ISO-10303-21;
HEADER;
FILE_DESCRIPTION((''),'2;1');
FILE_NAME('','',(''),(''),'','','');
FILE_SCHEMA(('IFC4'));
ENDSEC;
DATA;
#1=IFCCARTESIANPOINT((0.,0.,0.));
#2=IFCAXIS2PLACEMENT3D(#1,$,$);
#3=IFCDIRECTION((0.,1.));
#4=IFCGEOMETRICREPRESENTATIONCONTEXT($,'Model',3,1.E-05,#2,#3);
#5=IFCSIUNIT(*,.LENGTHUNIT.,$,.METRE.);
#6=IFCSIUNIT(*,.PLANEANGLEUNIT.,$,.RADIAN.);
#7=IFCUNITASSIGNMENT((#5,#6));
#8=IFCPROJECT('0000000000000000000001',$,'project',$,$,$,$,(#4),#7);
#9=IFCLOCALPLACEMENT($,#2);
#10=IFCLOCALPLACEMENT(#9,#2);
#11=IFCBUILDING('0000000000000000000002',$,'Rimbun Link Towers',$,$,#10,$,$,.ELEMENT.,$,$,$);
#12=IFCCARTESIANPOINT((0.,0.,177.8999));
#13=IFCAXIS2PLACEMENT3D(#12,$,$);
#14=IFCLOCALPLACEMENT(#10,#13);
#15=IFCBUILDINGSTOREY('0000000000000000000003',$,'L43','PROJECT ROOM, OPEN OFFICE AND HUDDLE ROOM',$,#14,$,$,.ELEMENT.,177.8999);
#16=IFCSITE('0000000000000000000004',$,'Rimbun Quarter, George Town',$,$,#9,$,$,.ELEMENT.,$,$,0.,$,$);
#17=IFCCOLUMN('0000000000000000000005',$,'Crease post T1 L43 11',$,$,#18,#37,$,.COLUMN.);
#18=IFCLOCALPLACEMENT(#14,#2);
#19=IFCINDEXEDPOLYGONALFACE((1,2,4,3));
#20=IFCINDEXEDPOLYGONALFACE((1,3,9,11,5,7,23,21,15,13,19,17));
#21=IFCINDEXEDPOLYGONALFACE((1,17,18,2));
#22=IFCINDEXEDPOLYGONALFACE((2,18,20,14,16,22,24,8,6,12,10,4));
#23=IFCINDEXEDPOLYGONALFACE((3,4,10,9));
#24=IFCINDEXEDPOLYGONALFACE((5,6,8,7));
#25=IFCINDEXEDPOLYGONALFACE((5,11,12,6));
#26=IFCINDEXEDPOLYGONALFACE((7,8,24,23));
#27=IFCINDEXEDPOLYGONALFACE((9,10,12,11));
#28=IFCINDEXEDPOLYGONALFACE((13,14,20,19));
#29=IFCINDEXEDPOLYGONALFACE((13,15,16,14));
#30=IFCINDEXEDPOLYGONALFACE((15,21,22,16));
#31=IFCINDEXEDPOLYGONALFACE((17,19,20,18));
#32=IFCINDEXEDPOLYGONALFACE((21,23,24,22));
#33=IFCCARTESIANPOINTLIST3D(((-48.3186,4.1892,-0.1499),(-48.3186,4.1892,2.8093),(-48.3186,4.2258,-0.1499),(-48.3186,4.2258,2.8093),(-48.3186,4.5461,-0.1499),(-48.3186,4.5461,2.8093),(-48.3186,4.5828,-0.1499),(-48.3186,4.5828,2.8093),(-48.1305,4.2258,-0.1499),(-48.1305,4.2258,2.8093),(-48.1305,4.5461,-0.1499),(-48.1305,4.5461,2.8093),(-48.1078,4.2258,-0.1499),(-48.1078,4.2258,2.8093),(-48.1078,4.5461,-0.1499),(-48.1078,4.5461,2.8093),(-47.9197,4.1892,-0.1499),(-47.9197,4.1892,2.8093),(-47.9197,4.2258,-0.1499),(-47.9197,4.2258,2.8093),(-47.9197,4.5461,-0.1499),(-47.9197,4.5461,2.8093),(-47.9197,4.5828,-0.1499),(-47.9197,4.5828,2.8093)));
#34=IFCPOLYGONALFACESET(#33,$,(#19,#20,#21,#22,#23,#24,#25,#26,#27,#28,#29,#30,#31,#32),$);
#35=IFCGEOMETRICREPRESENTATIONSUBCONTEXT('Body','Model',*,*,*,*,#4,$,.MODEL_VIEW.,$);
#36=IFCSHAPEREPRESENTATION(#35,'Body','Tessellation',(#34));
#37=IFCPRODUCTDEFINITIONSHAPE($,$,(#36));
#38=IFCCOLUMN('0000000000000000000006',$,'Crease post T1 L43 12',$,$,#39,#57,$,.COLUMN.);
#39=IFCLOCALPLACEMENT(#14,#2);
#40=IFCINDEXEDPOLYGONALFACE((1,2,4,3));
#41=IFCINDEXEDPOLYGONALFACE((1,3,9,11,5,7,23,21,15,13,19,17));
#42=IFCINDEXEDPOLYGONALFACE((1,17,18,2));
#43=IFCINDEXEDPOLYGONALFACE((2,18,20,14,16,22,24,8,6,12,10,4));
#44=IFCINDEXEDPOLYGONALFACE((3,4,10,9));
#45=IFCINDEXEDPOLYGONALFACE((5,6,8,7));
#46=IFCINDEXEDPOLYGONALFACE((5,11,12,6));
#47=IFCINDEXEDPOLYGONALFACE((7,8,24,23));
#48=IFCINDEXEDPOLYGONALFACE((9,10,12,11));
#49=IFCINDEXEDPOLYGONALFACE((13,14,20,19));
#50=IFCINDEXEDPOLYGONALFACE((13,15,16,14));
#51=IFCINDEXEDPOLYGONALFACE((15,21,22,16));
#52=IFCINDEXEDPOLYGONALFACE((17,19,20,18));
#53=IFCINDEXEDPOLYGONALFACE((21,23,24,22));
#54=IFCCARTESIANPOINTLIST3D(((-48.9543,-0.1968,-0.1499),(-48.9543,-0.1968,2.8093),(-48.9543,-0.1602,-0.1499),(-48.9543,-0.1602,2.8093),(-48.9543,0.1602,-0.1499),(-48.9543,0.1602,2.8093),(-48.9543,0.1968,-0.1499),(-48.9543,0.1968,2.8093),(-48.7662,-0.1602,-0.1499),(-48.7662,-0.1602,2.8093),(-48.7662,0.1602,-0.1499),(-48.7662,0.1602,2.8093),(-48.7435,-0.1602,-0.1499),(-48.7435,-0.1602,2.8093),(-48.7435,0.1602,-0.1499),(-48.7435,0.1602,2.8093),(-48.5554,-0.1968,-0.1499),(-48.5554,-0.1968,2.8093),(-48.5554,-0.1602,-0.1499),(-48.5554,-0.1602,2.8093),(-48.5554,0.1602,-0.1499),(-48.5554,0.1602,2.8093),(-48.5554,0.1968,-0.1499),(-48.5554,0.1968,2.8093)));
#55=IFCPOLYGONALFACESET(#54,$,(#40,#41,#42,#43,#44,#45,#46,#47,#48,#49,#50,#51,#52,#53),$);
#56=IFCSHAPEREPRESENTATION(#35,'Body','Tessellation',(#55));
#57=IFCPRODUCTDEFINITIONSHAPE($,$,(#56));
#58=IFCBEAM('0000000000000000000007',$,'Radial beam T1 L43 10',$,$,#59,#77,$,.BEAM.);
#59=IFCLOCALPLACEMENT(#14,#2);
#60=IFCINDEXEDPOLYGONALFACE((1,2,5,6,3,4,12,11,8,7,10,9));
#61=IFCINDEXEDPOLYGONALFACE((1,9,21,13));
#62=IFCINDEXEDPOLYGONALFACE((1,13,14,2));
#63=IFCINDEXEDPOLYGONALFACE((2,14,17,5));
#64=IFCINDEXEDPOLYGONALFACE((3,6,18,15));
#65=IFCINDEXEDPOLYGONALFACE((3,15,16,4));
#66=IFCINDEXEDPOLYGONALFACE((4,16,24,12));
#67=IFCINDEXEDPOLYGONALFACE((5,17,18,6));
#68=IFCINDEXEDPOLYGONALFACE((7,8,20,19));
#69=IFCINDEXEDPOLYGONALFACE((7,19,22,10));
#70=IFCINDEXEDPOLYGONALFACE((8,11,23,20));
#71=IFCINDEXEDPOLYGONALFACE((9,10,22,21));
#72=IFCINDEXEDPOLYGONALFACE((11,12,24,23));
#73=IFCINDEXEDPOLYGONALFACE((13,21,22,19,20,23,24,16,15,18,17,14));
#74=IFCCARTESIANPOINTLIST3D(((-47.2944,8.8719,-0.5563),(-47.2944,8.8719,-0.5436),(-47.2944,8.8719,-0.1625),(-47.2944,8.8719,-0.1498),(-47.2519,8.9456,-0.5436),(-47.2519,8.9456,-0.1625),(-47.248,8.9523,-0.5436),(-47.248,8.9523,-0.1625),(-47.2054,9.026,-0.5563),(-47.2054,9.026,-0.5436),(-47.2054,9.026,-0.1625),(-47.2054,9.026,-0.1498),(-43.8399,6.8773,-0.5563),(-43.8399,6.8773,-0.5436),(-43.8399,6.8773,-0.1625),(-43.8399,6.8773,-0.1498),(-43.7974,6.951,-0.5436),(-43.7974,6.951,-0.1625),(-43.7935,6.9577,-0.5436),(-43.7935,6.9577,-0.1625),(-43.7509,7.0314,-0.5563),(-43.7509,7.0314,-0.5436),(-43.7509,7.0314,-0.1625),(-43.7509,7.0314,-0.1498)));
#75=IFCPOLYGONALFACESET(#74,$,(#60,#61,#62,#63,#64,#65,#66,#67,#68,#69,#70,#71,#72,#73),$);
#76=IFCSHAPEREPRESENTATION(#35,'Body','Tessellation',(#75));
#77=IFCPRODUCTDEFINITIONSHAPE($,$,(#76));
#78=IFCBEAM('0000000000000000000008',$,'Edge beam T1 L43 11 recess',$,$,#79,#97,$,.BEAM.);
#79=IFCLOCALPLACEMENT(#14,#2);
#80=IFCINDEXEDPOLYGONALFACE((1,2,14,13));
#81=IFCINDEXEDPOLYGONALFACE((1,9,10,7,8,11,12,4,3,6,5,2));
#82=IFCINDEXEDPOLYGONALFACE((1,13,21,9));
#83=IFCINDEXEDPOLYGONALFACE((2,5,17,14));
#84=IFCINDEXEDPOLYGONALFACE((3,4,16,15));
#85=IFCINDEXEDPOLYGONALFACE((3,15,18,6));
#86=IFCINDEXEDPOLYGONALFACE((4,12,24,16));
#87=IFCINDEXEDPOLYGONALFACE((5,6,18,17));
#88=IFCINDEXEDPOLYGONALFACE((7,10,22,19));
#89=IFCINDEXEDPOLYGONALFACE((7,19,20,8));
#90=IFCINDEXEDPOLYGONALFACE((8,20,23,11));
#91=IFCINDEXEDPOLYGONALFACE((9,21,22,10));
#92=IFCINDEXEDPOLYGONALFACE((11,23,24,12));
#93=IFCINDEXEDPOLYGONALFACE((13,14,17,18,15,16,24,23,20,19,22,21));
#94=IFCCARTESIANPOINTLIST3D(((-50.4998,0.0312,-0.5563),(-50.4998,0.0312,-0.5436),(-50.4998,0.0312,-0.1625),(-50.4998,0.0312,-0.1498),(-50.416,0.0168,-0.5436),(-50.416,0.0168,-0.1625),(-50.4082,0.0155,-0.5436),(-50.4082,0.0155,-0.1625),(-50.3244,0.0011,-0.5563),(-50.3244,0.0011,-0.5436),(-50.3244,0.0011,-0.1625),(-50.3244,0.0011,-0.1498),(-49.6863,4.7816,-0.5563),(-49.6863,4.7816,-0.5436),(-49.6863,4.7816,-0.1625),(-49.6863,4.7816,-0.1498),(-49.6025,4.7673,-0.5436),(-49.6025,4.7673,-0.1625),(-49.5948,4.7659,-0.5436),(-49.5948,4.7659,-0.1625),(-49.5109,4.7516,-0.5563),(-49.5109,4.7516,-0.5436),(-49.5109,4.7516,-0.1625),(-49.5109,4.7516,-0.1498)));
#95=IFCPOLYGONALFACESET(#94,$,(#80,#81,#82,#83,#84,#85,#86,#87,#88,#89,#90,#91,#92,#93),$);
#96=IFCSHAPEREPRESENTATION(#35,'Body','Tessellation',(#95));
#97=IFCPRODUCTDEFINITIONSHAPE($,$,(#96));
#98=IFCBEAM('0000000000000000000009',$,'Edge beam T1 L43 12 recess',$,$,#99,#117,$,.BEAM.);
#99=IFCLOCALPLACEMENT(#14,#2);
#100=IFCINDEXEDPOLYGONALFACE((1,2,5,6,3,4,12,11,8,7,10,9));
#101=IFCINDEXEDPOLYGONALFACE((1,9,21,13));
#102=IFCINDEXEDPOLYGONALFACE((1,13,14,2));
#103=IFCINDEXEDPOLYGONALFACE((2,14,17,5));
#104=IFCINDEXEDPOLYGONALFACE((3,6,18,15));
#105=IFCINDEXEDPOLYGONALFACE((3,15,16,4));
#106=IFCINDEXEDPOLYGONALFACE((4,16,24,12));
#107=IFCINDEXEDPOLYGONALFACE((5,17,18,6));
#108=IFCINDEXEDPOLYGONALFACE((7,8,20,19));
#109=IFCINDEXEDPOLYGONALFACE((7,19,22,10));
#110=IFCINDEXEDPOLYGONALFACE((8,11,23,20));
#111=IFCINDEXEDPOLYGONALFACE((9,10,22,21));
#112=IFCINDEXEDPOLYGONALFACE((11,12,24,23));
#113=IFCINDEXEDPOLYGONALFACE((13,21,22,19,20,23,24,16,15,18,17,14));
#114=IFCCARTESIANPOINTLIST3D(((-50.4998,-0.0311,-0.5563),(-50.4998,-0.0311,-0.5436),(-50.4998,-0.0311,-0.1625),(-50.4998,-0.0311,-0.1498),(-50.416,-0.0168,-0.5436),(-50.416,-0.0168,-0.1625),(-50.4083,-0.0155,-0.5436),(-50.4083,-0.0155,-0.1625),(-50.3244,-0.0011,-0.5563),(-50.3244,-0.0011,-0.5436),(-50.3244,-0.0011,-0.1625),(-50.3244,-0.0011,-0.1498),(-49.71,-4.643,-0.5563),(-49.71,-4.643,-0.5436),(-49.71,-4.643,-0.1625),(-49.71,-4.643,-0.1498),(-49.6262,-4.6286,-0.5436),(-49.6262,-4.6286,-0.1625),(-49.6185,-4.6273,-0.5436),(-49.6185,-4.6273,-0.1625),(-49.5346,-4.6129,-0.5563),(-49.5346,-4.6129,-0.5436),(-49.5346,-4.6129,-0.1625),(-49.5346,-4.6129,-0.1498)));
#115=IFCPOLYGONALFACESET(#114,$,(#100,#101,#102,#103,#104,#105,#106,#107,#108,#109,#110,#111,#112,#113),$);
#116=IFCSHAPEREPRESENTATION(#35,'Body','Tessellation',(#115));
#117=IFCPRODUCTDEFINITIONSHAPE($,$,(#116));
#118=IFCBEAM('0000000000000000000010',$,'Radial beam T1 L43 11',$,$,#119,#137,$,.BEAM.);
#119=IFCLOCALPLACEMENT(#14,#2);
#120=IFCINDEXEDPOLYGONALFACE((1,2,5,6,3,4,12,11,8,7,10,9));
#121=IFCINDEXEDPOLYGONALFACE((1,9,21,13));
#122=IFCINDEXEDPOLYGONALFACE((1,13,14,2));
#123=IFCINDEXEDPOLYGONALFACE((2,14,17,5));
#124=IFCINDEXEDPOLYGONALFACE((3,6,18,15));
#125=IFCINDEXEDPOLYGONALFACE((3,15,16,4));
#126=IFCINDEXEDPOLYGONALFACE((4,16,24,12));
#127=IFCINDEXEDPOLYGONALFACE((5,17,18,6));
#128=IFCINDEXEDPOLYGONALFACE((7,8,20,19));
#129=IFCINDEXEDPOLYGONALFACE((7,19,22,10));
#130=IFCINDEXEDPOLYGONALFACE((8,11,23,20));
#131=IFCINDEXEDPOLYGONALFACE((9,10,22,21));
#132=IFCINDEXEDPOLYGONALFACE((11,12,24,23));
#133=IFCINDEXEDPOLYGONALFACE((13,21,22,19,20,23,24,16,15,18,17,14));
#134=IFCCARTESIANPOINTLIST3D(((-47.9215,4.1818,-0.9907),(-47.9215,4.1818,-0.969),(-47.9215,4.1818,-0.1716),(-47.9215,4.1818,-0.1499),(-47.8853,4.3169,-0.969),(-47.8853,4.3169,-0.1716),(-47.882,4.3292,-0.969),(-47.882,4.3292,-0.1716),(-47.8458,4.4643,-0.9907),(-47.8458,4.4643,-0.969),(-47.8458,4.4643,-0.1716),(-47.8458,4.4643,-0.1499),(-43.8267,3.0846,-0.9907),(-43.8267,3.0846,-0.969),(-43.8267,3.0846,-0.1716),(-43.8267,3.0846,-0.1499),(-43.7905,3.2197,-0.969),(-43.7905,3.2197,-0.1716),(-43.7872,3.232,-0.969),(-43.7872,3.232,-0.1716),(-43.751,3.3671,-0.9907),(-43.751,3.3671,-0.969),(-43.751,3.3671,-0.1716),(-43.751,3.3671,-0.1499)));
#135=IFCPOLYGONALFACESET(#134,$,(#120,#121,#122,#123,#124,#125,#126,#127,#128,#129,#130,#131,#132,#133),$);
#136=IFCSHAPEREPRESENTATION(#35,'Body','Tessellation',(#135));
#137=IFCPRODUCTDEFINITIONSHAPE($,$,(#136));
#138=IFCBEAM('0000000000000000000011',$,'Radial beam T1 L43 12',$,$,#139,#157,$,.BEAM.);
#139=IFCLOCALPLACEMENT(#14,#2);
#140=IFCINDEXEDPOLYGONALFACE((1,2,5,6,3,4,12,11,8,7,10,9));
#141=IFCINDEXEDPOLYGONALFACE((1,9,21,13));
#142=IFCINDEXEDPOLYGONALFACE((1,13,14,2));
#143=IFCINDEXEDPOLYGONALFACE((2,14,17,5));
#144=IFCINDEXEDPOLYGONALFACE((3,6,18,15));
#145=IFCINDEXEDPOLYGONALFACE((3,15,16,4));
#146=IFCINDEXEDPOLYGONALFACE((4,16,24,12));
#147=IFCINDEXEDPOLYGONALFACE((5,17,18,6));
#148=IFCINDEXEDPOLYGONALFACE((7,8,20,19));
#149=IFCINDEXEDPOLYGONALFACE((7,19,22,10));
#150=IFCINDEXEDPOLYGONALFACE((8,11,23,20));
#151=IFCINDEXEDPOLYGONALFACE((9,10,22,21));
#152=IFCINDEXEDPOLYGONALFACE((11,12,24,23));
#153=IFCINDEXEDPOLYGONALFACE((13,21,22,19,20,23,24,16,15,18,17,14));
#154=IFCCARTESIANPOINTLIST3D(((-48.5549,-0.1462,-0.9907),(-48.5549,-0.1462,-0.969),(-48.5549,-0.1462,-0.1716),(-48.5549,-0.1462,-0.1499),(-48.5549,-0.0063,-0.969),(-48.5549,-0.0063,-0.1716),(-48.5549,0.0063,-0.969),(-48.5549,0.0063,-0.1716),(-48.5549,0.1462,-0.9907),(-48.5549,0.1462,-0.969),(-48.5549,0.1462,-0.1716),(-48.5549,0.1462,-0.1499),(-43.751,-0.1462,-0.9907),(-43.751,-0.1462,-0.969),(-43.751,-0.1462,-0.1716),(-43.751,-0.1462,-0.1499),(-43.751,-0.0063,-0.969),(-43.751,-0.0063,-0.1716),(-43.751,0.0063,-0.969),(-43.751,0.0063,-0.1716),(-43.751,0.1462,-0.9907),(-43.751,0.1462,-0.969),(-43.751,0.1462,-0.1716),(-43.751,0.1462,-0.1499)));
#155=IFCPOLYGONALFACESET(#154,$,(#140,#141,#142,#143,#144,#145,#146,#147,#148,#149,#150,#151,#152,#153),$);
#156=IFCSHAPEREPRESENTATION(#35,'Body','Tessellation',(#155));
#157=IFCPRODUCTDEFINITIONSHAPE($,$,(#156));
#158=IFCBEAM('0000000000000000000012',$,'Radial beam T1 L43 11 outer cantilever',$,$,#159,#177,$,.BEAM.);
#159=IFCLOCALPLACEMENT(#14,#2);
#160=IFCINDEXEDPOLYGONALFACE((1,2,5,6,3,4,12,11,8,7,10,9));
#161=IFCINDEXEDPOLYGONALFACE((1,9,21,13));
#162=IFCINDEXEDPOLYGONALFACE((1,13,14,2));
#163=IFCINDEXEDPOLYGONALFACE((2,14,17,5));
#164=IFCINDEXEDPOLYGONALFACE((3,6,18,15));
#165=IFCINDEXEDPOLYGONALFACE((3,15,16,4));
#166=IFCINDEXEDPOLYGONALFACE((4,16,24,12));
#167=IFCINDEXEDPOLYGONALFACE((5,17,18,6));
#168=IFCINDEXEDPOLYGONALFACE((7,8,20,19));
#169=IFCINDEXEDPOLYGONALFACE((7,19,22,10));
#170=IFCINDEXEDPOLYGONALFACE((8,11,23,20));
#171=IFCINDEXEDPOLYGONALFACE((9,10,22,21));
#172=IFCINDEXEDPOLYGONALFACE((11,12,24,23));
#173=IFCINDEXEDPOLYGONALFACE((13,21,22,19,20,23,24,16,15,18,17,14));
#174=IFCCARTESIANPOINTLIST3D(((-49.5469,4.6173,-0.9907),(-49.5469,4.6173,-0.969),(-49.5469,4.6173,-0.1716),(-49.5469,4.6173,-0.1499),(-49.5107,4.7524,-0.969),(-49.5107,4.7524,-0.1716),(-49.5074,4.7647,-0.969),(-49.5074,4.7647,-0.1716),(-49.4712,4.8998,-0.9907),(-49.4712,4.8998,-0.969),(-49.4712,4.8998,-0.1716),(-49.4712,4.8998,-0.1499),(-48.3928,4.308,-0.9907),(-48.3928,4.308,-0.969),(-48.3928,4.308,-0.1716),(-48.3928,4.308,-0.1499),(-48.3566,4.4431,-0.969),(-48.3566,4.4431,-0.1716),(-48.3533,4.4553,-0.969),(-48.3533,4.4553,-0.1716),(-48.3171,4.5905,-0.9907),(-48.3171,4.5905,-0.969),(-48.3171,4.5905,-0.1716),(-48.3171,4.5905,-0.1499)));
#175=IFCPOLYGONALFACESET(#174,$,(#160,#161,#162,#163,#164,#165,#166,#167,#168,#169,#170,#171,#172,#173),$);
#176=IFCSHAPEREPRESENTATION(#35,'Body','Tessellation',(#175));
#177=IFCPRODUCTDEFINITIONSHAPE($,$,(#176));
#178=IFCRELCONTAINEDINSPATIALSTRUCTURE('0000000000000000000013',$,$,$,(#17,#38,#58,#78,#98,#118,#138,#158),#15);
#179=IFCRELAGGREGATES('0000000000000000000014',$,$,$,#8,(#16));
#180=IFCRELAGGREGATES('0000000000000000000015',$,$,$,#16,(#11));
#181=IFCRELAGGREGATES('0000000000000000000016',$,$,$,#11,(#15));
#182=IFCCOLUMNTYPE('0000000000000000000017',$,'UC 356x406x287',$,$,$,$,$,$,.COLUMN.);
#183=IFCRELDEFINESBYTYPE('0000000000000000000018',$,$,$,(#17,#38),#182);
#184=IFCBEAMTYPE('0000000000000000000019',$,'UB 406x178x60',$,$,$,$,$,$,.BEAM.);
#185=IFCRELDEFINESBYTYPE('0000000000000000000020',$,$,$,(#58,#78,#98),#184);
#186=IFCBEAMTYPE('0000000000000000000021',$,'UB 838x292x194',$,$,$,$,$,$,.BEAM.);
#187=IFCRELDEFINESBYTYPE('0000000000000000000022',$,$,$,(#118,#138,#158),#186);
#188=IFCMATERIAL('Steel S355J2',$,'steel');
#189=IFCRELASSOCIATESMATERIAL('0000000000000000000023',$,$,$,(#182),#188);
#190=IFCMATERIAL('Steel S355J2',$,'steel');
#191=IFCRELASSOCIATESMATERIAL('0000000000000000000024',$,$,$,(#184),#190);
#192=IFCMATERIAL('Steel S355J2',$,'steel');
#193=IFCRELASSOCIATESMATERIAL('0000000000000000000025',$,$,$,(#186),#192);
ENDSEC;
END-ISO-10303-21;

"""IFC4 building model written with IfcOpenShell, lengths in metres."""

from ifc_helpers import new_model, si_unit, direction, frame, origin, origin_2d, place, context, subcontext, project, spatial, i_section, extrude, material, material_profile, profile_set, type_object, element, save


model = new_model("IFC4")

# Units and contexts
model_context = context("Model", 3, precision=1e-05, world=origin(), true_north=direction((0.0, 1.0)))
body_context = subcontext(model_context, "Body", "Model", "MODEL_VIEW")
ifc_project = project(units=[si_unit("LENGTHUNIT", "METRE"), si_unit("PLANEANGLEUNIT", "RADIAN")], contexts=[model_context])

# Site, building, storey
site_placement = place(None, origin())
site = spatial("IfcSite", under=ifc_project, at=site_placement, Name="Rimbun Quarter, George Town", CompositionType="ELEMENT", RefElevation=0.0)
building_placement = place(site_placement, origin())
building = spatial("IfcBuilding", under=site, at=building_placement, Name="Rimbun Link Towers", CompositionType="ELEMENT")
storey_placement = place(building_placement, frame((0.0, 0.0, 177.8999)))
storey = spatial("IfcBuildingStorey", under=building, at=storey_placement, Name="L43", Description="PROJECT ROOM, OPEN OFFICE AND HUDDLE ROOM", CompositionType="ELEMENT", Elevation=177.8999)

# Columns
ifc_material_1 = material(Name="Steel S355J2", Category="steel")
ifc_material_profile_1 = material_profile(ifc_material_1, i_section(OverallWidth=0.3989, OverallDepth=0.3936, WebThickness=0.0227, FlangeThickness=0.0366, at=origin_2d()), Name="UC 356x406x287")
ifc_profile_set_1 = profile_set([ifc_material_profile_1], Name="Steel S355J2")
column_type = type_object("IfcColumnType", Name="UC 356x406x287", PredefinedType="COLUMN", material=ifc_profile_set_1)
for number, where, z_axis, x_axis, name in (
    (1, (-48.1191, 4.386, -0.1499), (0.0, 0.0, 1.0), (1.0, 0.0, 0.0), "Crease post T1 L43 11"),
    (2, (-48.7549, 0.0, -0.1499), (0.0, 0.0, 1.0), (1.0, 0.0, 0.0), "Crease post T1 L43 12"),
):
    element("IfcColumn", number, at=place(storey_placement, frame(where, z_axis=z_axis, x_axis=x_axis)), inside=storey, type_object=column_type, Name=name, PredefinedType="COLUMN", context=body_context, shape_type="SweptSolid", body=[
        extrude(i_section(OverallWidth=0.3989, OverallDepth=0.3936, WebThickness=0.0227, FlangeThickness=0.0366, at=origin_2d()), origin(), (0.0, 0.0, 1.0), 2.9592),
    ])

# Beams
ifc_material_2 = material(Name="Steel S355J2", Category="steel")
ifc_material_profile_2 = material_profile(ifc_material_2, i_section(OverallWidth=0.178, OverallDepth=0.4065, WebThickness=0.0078, FlangeThickness=0.0127, at=origin_2d()), Name="UB 406x178x60")
ifc_profile_set_2 = profile_set([ifc_material_profile_2], Name="Steel S355J2")
beam_type_1 = type_object("IfcBeamType", Name="UB 406x178x60", PredefinedType="BEAM", material=ifc_profile_set_2)
beam_1_placement = place(storey_placement, frame((-43.7954, 6.9543, -0.353), z_axis=(-0.866012, 0.500023, 0.0), x_axis=(-0.500023, -0.866012, 0.0)))
element("IfcBeam", 3, at=beam_1_placement, inside=storey, type_object=beam_type_1, Name="Radial beam T1 L43 10", PredefinedType="BEAM", context=body_context, shape_type="SweptSolid", body=[
    extrude(i_section(OverallWidth=0.178, OverallDepth=0.4065, WebThickness=0.0078, FlangeThickness=0.0127, at=origin_2d()), origin(), (0.0, 0.0, 1.0), 3.989),
])
beam_2_placement = place(storey_placement, frame((-49.5986, 4.7666, -0.353), z_axis=(-0.168784, -0.985653, 0.0), x_axis=(0.985653, -0.168784, 0.0)))
element("IfcBeam", 4, at=beam_2_placement, inside=storey, type_object=beam_type_1, Name="Edge beam T1 L43 11 recess", PredefinedType="BEAM", context=body_context, shape_type="SweptSolid", body=[
    extrude(i_section(OverallWidth=0.178, OverallDepth=0.4065, WebThickness=0.0078, FlangeThickness=0.0127, at=origin_2d()), origin(), (0.0, 0.0, 1.0), 4.8196),
])
beam_3_placement = place(storey_placement, frame((-50.4121, -0.0161, -0.353), z_axis=(0.168797, -0.985651, 0.0), x_axis=(0.985651, 0.168797, 0.0)))
element("IfcBeam", 5, at=beam_3_placement, inside=storey, type_object=beam_type_1, Name="Edge beam T1 L43 12 recess", PredefinedType="BEAM", context=body_context, shape_type="SweptSolid", body=[
    extrude(i_section(OverallWidth=0.178, OverallDepth=0.4065, WebThickness=0.0078, FlangeThickness=0.0127, at=origin_2d()), origin(), (0.0, 0.0, 1.0), 4.679),
])
ifc_material_3 = material(Name="Steel S355J2", Category="steel")
ifc_material_profile_3 = material_profile(ifc_material_3, i_section(OverallWidth=0.2925, OverallDepth=0.8408, WebThickness=0.0127, FlangeThickness=0.0217, at=origin_2d()), Name="UB 838x292x194")
ifc_profile_set_3 = profile_set([ifc_material_profile_3], Name="Steel S355J2")
beam_type_2 = type_object("IfcBeamType", Name="UB 838x292x194", PredefinedType="BEAM", material=ifc_profile_set_3)
beam_4_placement = place(storey_placement, frame((-43.7888, 3.2258, -0.5703), z_axis=(-0.965926, 0.258817, 0.0), x_axis=(-0.258817, -0.965926, 0.0)))
element("IfcBeam", 6, at=beam_4_placement, inside=storey, type_object=beam_type_2, Name="Radial beam T1 L43 11", PredefinedType="BEAM", context=body_context, shape_type="SweptSolid", body=[
    extrude(i_section(OverallWidth=0.2925, OverallDepth=0.8408, WebThickness=0.0127, FlangeThickness=0.0217, at=origin_2d()), origin(), (0.0, 0.0, 1.0), 4.2393),
])
beam_5_placement = place(storey_placement, frame((-43.751, 0.0, -0.5703), z_axis=(-1.0, 0.0, 0.0), x_axis=(0.0, -1.0, 0.0)))
element("IfcBeam", 7, at=beam_5_placement, inside=storey, type_object=beam_type_2, Name="Radial beam T1 L43 12", PredefinedType="BEAM", context=body_context, shape_type="SweptSolid", body=[
    extrude(i_section(OverallWidth=0.2925, OverallDepth=0.8408, WebThickness=0.0127, FlangeThickness=0.0217, at=origin_2d()), origin(), (0.0, 0.0, 1.0), 4.804),
])
beam_6_placement = place(storey_placement, frame((-48.355, 4.4492, -0.5703), z_axis=(-0.965905, 0.258896, 0.0), x_axis=(-0.258896, -0.965905, 0.0)))
element("IfcBeam", 8, at=beam_6_placement, inside=storey, type_object=beam_type_2, Name="Radial beam T1 L43 11 outer cantilever", PredefinedType="BEAM", context=body_context, shape_type="SweptSolid", body=[
    extrude(i_section(OverallWidth=0.2925, OverallDepth=0.8408, WebThickness=0.0127, FlangeThickness=0.0217, at=origin_2d()), origin(), (0.0, 0.0, 1.0), 1.1948),
])

save(model, "model.ifc")
